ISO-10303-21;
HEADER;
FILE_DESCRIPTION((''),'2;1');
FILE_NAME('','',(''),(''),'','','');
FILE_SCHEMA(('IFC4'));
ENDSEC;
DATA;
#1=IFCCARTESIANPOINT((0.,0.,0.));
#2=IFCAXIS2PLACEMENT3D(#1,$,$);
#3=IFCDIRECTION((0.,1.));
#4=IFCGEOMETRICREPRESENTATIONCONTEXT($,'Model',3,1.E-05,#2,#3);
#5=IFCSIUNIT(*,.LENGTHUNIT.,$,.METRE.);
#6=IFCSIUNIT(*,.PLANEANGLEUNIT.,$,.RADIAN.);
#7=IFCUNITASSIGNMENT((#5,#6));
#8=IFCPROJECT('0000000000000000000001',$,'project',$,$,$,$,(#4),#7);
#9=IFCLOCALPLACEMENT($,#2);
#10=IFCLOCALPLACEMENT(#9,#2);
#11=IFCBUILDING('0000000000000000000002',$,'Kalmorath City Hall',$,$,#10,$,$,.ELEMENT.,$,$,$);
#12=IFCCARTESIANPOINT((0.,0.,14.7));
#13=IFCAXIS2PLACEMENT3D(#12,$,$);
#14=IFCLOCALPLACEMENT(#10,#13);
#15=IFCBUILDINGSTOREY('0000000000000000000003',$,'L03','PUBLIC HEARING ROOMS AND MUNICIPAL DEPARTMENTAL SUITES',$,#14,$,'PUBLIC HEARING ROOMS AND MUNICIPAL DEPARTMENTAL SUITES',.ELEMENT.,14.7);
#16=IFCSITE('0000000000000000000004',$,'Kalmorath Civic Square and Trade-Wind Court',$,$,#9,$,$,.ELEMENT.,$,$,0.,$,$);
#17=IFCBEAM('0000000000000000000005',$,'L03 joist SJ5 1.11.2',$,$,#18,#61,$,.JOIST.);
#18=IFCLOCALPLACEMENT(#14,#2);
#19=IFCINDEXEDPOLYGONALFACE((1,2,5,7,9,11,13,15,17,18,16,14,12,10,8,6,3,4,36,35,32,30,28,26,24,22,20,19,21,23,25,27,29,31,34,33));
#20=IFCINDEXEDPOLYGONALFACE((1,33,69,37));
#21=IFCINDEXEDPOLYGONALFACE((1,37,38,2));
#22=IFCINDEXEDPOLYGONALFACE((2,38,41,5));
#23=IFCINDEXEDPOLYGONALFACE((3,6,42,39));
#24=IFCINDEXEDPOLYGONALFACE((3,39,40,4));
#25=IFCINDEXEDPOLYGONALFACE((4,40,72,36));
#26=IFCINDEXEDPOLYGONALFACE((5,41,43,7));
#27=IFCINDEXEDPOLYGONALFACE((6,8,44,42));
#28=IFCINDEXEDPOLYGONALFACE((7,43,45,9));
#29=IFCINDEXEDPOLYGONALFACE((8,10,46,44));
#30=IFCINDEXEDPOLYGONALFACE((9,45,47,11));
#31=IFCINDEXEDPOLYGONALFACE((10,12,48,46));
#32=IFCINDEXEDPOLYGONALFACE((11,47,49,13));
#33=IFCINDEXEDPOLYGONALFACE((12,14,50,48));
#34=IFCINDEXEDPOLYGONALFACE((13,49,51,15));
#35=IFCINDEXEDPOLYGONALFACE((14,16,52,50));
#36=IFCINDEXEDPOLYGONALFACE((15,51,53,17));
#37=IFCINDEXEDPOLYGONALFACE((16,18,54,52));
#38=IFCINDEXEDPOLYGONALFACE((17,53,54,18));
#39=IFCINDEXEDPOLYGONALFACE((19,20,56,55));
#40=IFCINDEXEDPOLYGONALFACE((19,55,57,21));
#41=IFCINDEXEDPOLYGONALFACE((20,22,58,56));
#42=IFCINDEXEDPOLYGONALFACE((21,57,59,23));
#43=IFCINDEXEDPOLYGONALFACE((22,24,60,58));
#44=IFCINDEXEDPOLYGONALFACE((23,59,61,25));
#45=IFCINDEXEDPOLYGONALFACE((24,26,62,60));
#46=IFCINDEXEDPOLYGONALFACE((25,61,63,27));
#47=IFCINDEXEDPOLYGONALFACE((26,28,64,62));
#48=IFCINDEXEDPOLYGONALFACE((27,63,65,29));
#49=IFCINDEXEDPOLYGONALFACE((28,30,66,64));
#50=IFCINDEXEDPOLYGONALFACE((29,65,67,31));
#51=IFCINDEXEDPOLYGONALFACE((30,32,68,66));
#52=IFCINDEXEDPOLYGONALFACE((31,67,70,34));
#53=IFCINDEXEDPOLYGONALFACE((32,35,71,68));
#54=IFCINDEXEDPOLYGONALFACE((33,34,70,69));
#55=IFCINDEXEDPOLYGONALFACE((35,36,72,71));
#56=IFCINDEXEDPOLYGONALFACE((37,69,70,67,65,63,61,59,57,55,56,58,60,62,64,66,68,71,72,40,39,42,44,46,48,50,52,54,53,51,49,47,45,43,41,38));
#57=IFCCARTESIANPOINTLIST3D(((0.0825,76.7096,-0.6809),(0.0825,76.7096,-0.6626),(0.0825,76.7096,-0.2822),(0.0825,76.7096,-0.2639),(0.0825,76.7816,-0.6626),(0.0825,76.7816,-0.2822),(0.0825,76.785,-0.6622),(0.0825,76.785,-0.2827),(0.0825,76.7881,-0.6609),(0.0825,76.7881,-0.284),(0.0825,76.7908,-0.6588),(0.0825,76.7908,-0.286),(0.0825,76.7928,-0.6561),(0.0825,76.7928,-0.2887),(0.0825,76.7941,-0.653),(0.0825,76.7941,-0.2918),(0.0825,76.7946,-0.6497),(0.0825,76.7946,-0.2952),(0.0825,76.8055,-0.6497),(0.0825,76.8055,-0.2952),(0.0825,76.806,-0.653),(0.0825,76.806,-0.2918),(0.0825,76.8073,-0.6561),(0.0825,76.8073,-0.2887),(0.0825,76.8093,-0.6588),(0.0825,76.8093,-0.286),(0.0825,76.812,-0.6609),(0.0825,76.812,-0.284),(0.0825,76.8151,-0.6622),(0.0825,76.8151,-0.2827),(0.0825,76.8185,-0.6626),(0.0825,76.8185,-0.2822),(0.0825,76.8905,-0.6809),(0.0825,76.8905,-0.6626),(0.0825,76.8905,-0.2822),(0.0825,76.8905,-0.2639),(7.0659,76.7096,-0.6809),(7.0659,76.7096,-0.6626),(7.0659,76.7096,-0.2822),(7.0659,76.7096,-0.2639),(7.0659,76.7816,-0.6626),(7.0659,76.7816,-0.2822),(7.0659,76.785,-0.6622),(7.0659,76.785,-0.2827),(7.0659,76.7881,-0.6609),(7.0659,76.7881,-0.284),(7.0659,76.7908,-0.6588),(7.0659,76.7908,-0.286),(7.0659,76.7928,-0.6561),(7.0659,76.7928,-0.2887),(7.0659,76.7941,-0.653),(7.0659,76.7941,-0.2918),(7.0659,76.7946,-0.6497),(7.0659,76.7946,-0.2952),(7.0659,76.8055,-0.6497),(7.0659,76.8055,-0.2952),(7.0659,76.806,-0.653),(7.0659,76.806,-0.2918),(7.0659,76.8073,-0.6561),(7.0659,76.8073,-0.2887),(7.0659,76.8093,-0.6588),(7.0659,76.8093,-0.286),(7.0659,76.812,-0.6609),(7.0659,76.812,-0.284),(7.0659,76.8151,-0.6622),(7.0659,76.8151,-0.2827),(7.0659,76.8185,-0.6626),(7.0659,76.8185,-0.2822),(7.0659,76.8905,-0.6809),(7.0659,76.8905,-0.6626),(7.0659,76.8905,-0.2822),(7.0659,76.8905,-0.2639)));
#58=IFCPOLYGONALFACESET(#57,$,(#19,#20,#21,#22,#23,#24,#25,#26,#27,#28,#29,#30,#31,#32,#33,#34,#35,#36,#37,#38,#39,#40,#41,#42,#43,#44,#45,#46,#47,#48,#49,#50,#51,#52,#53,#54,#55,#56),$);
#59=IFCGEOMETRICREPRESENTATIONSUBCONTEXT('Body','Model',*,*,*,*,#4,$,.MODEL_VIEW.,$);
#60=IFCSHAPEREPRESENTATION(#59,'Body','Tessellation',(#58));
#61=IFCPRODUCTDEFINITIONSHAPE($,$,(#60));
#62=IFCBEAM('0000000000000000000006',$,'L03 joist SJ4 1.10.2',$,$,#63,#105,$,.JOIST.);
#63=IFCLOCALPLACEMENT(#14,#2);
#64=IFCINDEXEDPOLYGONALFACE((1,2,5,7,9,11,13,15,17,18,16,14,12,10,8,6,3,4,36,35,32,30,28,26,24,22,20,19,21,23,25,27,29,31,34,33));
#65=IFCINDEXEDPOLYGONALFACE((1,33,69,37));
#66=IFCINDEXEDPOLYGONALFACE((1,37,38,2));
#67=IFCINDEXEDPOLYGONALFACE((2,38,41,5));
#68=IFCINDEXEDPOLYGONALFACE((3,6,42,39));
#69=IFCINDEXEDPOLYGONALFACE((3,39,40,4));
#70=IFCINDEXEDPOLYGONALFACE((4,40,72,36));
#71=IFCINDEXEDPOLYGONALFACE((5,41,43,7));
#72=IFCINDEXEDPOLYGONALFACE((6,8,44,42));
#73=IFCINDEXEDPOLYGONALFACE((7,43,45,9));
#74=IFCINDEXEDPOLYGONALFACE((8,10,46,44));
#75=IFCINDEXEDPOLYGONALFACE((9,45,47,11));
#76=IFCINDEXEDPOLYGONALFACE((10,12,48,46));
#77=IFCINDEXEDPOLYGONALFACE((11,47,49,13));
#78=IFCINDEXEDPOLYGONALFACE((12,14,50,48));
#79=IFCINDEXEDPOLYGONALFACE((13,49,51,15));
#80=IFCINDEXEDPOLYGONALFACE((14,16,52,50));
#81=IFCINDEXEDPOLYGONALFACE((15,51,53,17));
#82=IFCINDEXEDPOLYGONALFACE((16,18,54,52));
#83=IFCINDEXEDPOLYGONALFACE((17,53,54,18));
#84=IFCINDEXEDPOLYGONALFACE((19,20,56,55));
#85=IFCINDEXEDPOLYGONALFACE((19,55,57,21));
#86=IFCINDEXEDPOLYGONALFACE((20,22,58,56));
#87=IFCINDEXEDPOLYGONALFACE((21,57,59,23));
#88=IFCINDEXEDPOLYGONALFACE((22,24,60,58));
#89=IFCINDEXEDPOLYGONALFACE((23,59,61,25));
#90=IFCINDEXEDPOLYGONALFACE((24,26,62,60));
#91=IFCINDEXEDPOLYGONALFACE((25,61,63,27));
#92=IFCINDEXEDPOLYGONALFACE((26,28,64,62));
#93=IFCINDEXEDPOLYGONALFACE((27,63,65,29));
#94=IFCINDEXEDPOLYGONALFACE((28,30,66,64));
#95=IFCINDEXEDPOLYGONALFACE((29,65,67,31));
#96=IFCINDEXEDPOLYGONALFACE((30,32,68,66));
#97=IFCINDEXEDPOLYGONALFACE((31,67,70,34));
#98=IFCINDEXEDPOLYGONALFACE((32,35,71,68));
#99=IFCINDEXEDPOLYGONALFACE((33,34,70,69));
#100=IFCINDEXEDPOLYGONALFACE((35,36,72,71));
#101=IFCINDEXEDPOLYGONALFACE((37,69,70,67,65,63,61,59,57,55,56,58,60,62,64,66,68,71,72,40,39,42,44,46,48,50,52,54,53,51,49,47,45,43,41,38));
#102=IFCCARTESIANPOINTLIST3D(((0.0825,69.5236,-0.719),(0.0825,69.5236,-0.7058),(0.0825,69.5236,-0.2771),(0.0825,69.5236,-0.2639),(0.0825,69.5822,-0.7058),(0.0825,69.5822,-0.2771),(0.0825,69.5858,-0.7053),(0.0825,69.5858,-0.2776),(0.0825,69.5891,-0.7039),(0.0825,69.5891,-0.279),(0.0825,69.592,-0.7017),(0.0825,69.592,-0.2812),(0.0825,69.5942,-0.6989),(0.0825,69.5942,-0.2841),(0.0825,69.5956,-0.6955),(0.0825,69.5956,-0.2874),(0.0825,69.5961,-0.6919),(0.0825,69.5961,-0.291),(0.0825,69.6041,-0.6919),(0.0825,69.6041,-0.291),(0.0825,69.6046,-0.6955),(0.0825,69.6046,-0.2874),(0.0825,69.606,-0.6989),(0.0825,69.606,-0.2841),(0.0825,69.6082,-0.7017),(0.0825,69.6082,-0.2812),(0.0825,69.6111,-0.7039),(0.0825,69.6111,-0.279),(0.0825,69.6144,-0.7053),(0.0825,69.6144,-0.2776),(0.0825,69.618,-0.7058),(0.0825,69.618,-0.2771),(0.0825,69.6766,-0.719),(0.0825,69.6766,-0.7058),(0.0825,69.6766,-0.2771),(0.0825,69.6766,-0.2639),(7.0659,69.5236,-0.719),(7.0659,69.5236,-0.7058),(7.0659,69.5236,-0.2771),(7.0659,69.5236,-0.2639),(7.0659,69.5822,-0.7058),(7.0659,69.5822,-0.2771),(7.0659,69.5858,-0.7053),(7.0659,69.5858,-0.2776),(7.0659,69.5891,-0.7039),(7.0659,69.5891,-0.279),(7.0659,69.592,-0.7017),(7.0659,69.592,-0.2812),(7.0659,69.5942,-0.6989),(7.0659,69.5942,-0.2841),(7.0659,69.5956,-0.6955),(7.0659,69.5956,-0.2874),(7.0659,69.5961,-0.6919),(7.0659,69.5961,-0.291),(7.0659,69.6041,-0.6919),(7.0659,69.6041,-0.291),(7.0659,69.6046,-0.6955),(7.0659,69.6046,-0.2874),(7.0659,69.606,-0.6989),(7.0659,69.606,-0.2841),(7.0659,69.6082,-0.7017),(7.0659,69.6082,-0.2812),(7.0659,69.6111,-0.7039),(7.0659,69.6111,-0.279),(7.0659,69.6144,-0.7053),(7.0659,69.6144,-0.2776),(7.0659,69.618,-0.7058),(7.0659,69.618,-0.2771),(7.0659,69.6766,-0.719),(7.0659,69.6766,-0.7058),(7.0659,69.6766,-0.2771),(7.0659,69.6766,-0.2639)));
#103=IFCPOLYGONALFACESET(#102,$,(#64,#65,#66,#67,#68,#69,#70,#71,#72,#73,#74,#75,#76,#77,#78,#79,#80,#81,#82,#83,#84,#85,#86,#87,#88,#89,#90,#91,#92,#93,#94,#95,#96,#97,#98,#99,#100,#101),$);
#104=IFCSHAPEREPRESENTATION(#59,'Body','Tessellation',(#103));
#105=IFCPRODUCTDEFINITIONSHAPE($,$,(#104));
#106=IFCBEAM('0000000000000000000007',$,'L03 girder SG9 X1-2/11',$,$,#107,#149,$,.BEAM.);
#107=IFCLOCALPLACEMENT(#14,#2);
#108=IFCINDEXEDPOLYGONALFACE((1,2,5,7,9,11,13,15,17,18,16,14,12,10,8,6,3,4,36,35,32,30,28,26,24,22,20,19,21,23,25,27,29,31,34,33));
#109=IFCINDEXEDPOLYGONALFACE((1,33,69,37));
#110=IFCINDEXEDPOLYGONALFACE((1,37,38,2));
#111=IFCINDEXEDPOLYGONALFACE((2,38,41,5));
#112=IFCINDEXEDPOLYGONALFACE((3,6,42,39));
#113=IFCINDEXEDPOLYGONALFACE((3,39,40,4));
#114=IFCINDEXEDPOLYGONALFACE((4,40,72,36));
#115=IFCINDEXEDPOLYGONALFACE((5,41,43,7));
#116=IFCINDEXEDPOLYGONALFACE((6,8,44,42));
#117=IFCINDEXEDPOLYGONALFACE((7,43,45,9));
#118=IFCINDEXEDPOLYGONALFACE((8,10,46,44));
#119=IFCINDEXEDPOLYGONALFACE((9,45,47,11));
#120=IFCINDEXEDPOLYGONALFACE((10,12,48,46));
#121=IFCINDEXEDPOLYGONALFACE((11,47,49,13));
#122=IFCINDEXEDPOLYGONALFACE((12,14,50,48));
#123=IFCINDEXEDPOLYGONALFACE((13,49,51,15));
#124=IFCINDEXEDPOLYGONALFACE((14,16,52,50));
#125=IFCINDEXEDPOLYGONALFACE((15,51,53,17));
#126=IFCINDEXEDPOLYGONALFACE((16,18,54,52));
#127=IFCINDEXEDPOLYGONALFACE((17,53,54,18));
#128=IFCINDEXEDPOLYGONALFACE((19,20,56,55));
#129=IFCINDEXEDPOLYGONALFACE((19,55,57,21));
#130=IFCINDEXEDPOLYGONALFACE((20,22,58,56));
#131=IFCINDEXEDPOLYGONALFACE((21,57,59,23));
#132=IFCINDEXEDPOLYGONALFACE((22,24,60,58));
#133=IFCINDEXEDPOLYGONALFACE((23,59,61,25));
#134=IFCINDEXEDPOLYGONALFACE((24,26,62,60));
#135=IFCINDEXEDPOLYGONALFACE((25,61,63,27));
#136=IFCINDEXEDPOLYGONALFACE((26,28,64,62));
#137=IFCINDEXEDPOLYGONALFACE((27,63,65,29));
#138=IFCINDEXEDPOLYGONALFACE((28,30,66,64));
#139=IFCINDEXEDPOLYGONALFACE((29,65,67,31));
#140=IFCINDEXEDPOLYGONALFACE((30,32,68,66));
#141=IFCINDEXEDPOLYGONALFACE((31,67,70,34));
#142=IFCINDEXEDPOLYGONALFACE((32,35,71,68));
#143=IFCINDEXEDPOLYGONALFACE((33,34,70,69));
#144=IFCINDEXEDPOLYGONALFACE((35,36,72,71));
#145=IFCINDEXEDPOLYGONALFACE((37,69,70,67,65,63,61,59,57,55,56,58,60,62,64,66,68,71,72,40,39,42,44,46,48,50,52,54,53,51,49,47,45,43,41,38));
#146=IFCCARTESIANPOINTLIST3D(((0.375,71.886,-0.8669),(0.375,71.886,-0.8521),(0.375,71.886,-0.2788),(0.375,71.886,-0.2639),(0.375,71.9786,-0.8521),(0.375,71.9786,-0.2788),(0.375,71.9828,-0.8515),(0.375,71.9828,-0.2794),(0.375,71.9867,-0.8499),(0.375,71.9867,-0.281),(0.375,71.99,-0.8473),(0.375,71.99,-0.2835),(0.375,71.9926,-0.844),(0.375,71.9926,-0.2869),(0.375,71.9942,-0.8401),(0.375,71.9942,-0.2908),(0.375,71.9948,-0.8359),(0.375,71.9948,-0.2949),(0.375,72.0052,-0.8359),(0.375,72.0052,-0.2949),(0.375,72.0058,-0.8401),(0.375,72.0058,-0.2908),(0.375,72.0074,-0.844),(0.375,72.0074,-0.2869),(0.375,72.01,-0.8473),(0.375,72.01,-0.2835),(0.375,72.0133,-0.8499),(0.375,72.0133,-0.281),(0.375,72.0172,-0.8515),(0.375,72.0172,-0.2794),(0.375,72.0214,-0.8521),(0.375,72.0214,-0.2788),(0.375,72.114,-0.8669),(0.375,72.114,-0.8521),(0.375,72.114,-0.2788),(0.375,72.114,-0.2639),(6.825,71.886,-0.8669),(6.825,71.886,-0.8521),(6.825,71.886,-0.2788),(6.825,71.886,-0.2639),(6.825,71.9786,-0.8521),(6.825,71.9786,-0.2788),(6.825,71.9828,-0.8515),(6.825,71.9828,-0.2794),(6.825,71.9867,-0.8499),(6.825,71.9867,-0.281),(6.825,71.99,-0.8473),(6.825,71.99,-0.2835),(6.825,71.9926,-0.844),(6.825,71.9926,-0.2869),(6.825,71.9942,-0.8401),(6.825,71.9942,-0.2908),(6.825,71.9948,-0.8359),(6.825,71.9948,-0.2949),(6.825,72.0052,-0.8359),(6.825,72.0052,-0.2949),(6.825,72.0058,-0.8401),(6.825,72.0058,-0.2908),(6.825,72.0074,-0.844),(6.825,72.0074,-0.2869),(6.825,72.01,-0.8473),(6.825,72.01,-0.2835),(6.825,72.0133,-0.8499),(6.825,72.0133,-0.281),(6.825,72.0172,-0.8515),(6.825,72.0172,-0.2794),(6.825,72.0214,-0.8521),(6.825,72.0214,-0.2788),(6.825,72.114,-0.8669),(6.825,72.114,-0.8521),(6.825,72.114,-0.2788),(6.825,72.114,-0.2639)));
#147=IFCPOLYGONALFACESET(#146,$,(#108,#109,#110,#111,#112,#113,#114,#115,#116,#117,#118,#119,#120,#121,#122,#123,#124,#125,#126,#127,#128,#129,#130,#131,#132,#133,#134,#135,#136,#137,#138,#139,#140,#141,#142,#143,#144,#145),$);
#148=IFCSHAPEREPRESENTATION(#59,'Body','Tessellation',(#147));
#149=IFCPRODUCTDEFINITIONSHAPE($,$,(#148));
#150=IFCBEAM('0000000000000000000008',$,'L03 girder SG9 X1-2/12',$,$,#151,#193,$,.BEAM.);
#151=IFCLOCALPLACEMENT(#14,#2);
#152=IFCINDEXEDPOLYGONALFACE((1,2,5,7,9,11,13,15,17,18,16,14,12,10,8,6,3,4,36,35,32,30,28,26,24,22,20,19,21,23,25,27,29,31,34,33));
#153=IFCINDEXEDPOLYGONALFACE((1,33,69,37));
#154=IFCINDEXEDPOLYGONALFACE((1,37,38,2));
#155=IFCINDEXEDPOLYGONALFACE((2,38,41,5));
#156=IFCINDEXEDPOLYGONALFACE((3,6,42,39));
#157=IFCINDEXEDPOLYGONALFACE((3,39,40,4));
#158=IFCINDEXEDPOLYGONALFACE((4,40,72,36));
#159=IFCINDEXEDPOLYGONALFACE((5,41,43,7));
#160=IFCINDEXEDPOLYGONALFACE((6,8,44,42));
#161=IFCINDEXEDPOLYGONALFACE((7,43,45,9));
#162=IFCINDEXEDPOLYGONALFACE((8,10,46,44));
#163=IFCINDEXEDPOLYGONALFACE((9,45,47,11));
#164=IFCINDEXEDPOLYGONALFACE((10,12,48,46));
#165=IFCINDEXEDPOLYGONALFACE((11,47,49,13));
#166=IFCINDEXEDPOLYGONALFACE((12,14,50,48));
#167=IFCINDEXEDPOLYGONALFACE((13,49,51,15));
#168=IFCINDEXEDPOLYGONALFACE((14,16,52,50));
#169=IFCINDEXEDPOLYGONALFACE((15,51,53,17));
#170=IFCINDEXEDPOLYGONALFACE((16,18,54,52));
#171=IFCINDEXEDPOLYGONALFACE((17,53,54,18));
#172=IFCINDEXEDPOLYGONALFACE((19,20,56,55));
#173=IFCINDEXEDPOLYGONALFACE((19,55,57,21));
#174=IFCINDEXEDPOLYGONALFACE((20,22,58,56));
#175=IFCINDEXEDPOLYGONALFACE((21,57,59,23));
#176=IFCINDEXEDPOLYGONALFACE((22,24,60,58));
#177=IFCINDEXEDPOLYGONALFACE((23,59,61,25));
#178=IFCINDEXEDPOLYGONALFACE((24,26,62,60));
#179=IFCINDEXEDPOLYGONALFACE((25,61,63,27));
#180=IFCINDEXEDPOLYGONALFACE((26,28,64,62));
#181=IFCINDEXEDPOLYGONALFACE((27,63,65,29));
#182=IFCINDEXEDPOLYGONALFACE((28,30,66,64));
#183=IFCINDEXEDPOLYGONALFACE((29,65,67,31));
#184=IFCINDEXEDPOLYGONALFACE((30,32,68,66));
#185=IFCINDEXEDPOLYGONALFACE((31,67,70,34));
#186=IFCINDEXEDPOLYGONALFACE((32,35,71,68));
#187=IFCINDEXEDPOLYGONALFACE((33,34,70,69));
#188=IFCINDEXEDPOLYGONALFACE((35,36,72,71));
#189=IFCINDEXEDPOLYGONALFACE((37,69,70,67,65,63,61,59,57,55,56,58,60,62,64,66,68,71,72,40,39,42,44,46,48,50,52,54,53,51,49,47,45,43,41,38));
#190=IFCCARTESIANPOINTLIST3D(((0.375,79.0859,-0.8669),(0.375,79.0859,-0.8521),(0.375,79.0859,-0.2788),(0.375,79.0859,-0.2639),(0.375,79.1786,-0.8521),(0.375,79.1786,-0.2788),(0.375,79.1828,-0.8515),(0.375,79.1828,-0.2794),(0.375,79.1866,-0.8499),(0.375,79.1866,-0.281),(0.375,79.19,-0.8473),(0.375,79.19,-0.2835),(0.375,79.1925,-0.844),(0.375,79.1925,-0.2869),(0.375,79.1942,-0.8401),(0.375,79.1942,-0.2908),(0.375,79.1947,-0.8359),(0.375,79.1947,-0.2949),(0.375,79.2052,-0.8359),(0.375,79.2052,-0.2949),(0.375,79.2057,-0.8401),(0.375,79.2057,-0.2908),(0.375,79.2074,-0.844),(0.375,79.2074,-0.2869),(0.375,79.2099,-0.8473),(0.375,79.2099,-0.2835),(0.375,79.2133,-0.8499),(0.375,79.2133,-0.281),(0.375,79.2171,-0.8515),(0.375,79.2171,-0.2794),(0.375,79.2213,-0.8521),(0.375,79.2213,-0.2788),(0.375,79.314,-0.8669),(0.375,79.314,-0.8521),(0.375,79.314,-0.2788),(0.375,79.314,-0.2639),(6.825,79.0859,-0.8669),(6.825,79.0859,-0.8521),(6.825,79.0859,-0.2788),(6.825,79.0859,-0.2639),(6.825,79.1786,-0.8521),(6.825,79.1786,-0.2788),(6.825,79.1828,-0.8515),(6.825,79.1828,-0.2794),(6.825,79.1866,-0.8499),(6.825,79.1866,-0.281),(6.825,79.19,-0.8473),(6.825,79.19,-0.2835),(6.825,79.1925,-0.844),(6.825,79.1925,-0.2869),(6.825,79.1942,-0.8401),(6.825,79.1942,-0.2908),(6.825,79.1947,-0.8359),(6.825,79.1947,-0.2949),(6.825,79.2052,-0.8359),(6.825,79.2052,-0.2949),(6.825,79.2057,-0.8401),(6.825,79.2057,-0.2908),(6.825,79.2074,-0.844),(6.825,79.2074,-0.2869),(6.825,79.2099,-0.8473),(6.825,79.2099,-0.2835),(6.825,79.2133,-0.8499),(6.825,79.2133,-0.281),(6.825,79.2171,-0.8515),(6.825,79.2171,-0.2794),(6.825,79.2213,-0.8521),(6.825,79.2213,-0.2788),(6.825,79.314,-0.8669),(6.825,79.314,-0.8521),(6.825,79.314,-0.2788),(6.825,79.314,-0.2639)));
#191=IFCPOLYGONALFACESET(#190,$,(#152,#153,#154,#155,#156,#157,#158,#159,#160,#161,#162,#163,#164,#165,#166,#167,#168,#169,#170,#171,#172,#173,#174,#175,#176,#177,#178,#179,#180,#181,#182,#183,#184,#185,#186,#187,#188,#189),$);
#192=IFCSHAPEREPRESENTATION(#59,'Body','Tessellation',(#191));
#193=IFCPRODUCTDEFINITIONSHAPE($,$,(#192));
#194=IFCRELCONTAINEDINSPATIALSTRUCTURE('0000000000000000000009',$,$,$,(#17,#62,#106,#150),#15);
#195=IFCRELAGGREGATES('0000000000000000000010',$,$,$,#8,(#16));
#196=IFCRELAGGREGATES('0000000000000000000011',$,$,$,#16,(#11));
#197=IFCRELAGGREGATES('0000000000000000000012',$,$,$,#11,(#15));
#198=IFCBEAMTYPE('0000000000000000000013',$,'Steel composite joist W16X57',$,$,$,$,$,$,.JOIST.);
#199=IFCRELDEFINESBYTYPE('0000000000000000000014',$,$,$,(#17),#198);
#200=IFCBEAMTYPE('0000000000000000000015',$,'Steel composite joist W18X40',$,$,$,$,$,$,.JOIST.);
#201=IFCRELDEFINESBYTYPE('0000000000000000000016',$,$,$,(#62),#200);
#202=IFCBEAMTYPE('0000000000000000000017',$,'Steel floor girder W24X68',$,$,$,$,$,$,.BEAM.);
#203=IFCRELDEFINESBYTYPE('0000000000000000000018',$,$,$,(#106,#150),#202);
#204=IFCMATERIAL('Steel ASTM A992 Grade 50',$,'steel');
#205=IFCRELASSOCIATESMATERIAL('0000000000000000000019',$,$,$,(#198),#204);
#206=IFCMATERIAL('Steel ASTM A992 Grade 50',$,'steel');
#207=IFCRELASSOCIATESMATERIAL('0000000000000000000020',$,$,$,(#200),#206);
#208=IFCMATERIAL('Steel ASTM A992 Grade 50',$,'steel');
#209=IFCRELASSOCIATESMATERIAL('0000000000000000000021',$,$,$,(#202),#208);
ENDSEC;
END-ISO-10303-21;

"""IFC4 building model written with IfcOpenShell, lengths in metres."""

from ifc_helpers import new_model, si_unit, direction, frame, origin, origin_2d, place, context, subcontext, project, spatial, i_section, extrude, material, material_profile, profile_set, type_object, element, save


model = new_model("IFC4")

# Units and contexts
model_context = context("Model", 3, precision=1e-05, world=origin(), true_north=direction((0.0, 1.0)))
body_context = subcontext(model_context, "Body", "Model", "MODEL_VIEW")
ifc_project = project(units=[si_unit("LENGTHUNIT", "METRE"), si_unit("PLANEANGLEUNIT", "RADIAN")], contexts=[model_context])

# Site, building, storey
site_placement = place(None, origin())
site = spatial("IfcSite", under=ifc_project, at=site_placement, Name="Kalmorath Civic Square and Trade-Wind Court", CompositionType="ELEMENT", RefElevation=0.0)
building_placement = place(site_placement, origin())
building = spatial("IfcBuilding", under=site, at=building_placement, Name="Kalmorath City Hall", CompositionType="ELEMENT")
storey_placement = place(building_placement, frame((0.0, 0.0, 14.7)))
storey = spatial("IfcBuildingStorey", under=building, at=storey_placement, Name="L03", Description="PUBLIC HEARING ROOMS AND MUNICIPAL DEPARTMENTAL SUITES", LongName="PUBLIC HEARING ROOMS AND MUNICIPAL DEPARTMENTAL SUITES", CompositionType="ELEMENT", Elevation=14.7)

# Beams
ifc_material_1 = material(Name="Steel ASTM A992 Grade 50", Category="steel")
ifc_material_profile_1 = material_profile(ifc_material_1, i_section(OverallWidth=0.1809, OverallDepth=0.417, WebThickness=0.011, FlangeThickness=0.0183, FilletRadius=0.0129, at=origin_2d()), Name="W16X57")
ifc_profile_set_1 = profile_set([ifc_material_profile_1], Name="Steel ASTM A992 Grade 50")
beam_type_1 = type_object("IfcBeamType", Name="Steel composite joist W16X57", PredefinedType="JOIST", material=ifc_profile_set_1)
for number, where, z_axis, x_axis, name in (
    (1, (0.0825, 76.8, -0.4724), (1.0, 0.0, 0.0), (0.0, 1.0, 0.0), "L03 joist SJ5 1.11.2"),
):
    element("IfcBeam", number, at=place(storey_placement, frame(where, z_axis=z_axis, x_axis=x_axis)), inside=storey, type_object=beam_type_1, Name=name, PredefinedType="JOIST", context=body_context, shape_type="SweptSolid", body=[
        extrude(i_section(OverallWidth=0.1809, OverallDepth=0.417, WebThickness=0.011, FlangeThickness=0.0183, FilletRadius=0.0129, at=origin_2d()), origin(), (0.0, 0.0, 1.0), 6.9834),
    ])
ifc_material_2 = material(Name="Steel ASTM A992 Grade 50", Category="steel")
ifc_material_profile_2 = material_profile(ifc_material_2, i_section(OverallWidth=0.1531, OverallDepth=0.4551, WebThickness=0.0081, FlangeThickness=0.0132, FilletRadius=0.0139, at=origin_2d()), Name="W18X40")
ifc_profile_set_2 = profile_set([ifc_material_profile_2], Name="Steel ASTM A992 Grade 50")
beam_type_2 = type_object("IfcBeamType", Name="Steel composite joist W18X40", PredefinedType="JOIST", material=ifc_profile_set_2)
beam_placement = place(storey_placement, frame((0.0825, 69.6001, -0.4915), z_axis=(1.0, 0.0, 0.0), x_axis=(0.0, 1.0, 0.0)))
element("IfcBeam", 2, at=beam_placement, inside=storey, type_object=beam_type_2, Name="L03 joist SJ4 1.10.2", PredefinedType="JOIST", context=body_context, shape_type="SweptSolid", body=[
    extrude(i_section(OverallWidth=0.1531, OverallDepth=0.4551, WebThickness=0.0081, FlangeThickness=0.0132, FilletRadius=0.0139, at=origin_2d()), origin(), (0.0, 0.0, 1.0), 6.9834),
])
ifc_material_3 = material(Name="Steel ASTM A992 Grade 50", Category="steel")
ifc_material_profile_3 = material_profile(ifc_material_3, i_section(OverallWidth=0.228, OverallDepth=0.603, WebThickness=0.0105, FlangeThickness=0.0149, FilletRadius=0.0161, at=origin_2d()), Name="W24X68")
ifc_profile_set_3 = profile_set([ifc_material_profile_3], Name="Steel ASTM A992 Grade 50")
beam_type_3 = type_object("IfcBeamType", Name="Steel floor girder W24X68", PredefinedType="BEAM", material=ifc_profile_set_3)
for number, where, z_axis, x_axis, name in (
    (3, (0.375, 72.0, -0.5654), (1.0, 0.0, 0.0), (0.0, 1.0, 0.0), "L03 girder SG9 X1-2/11"),
    (4, (0.375, 79.2, -0.5654), (1.0, 0.0, 0.0), (0.0, 1.0, 0.0), "L03 girder SG9 X1-2/12"),
):
    element("IfcBeam", number, at=place(storey_placement, frame(where, z_axis=z_axis, x_axis=x_axis)), inside=storey, type_object=beam_type_3, Name=name, PredefinedType="BEAM", context=body_context, shape_type="SweptSolid", body=[
        extrude(i_section(OverallWidth=0.228, OverallDepth=0.603, WebThickness=0.0105, FlangeThickness=0.0149, FilletRadius=0.0161, at=origin_2d()), origin(), (0.0, 0.0, 1.0), 6.45),
    ])

save(model, "model.ifc")
